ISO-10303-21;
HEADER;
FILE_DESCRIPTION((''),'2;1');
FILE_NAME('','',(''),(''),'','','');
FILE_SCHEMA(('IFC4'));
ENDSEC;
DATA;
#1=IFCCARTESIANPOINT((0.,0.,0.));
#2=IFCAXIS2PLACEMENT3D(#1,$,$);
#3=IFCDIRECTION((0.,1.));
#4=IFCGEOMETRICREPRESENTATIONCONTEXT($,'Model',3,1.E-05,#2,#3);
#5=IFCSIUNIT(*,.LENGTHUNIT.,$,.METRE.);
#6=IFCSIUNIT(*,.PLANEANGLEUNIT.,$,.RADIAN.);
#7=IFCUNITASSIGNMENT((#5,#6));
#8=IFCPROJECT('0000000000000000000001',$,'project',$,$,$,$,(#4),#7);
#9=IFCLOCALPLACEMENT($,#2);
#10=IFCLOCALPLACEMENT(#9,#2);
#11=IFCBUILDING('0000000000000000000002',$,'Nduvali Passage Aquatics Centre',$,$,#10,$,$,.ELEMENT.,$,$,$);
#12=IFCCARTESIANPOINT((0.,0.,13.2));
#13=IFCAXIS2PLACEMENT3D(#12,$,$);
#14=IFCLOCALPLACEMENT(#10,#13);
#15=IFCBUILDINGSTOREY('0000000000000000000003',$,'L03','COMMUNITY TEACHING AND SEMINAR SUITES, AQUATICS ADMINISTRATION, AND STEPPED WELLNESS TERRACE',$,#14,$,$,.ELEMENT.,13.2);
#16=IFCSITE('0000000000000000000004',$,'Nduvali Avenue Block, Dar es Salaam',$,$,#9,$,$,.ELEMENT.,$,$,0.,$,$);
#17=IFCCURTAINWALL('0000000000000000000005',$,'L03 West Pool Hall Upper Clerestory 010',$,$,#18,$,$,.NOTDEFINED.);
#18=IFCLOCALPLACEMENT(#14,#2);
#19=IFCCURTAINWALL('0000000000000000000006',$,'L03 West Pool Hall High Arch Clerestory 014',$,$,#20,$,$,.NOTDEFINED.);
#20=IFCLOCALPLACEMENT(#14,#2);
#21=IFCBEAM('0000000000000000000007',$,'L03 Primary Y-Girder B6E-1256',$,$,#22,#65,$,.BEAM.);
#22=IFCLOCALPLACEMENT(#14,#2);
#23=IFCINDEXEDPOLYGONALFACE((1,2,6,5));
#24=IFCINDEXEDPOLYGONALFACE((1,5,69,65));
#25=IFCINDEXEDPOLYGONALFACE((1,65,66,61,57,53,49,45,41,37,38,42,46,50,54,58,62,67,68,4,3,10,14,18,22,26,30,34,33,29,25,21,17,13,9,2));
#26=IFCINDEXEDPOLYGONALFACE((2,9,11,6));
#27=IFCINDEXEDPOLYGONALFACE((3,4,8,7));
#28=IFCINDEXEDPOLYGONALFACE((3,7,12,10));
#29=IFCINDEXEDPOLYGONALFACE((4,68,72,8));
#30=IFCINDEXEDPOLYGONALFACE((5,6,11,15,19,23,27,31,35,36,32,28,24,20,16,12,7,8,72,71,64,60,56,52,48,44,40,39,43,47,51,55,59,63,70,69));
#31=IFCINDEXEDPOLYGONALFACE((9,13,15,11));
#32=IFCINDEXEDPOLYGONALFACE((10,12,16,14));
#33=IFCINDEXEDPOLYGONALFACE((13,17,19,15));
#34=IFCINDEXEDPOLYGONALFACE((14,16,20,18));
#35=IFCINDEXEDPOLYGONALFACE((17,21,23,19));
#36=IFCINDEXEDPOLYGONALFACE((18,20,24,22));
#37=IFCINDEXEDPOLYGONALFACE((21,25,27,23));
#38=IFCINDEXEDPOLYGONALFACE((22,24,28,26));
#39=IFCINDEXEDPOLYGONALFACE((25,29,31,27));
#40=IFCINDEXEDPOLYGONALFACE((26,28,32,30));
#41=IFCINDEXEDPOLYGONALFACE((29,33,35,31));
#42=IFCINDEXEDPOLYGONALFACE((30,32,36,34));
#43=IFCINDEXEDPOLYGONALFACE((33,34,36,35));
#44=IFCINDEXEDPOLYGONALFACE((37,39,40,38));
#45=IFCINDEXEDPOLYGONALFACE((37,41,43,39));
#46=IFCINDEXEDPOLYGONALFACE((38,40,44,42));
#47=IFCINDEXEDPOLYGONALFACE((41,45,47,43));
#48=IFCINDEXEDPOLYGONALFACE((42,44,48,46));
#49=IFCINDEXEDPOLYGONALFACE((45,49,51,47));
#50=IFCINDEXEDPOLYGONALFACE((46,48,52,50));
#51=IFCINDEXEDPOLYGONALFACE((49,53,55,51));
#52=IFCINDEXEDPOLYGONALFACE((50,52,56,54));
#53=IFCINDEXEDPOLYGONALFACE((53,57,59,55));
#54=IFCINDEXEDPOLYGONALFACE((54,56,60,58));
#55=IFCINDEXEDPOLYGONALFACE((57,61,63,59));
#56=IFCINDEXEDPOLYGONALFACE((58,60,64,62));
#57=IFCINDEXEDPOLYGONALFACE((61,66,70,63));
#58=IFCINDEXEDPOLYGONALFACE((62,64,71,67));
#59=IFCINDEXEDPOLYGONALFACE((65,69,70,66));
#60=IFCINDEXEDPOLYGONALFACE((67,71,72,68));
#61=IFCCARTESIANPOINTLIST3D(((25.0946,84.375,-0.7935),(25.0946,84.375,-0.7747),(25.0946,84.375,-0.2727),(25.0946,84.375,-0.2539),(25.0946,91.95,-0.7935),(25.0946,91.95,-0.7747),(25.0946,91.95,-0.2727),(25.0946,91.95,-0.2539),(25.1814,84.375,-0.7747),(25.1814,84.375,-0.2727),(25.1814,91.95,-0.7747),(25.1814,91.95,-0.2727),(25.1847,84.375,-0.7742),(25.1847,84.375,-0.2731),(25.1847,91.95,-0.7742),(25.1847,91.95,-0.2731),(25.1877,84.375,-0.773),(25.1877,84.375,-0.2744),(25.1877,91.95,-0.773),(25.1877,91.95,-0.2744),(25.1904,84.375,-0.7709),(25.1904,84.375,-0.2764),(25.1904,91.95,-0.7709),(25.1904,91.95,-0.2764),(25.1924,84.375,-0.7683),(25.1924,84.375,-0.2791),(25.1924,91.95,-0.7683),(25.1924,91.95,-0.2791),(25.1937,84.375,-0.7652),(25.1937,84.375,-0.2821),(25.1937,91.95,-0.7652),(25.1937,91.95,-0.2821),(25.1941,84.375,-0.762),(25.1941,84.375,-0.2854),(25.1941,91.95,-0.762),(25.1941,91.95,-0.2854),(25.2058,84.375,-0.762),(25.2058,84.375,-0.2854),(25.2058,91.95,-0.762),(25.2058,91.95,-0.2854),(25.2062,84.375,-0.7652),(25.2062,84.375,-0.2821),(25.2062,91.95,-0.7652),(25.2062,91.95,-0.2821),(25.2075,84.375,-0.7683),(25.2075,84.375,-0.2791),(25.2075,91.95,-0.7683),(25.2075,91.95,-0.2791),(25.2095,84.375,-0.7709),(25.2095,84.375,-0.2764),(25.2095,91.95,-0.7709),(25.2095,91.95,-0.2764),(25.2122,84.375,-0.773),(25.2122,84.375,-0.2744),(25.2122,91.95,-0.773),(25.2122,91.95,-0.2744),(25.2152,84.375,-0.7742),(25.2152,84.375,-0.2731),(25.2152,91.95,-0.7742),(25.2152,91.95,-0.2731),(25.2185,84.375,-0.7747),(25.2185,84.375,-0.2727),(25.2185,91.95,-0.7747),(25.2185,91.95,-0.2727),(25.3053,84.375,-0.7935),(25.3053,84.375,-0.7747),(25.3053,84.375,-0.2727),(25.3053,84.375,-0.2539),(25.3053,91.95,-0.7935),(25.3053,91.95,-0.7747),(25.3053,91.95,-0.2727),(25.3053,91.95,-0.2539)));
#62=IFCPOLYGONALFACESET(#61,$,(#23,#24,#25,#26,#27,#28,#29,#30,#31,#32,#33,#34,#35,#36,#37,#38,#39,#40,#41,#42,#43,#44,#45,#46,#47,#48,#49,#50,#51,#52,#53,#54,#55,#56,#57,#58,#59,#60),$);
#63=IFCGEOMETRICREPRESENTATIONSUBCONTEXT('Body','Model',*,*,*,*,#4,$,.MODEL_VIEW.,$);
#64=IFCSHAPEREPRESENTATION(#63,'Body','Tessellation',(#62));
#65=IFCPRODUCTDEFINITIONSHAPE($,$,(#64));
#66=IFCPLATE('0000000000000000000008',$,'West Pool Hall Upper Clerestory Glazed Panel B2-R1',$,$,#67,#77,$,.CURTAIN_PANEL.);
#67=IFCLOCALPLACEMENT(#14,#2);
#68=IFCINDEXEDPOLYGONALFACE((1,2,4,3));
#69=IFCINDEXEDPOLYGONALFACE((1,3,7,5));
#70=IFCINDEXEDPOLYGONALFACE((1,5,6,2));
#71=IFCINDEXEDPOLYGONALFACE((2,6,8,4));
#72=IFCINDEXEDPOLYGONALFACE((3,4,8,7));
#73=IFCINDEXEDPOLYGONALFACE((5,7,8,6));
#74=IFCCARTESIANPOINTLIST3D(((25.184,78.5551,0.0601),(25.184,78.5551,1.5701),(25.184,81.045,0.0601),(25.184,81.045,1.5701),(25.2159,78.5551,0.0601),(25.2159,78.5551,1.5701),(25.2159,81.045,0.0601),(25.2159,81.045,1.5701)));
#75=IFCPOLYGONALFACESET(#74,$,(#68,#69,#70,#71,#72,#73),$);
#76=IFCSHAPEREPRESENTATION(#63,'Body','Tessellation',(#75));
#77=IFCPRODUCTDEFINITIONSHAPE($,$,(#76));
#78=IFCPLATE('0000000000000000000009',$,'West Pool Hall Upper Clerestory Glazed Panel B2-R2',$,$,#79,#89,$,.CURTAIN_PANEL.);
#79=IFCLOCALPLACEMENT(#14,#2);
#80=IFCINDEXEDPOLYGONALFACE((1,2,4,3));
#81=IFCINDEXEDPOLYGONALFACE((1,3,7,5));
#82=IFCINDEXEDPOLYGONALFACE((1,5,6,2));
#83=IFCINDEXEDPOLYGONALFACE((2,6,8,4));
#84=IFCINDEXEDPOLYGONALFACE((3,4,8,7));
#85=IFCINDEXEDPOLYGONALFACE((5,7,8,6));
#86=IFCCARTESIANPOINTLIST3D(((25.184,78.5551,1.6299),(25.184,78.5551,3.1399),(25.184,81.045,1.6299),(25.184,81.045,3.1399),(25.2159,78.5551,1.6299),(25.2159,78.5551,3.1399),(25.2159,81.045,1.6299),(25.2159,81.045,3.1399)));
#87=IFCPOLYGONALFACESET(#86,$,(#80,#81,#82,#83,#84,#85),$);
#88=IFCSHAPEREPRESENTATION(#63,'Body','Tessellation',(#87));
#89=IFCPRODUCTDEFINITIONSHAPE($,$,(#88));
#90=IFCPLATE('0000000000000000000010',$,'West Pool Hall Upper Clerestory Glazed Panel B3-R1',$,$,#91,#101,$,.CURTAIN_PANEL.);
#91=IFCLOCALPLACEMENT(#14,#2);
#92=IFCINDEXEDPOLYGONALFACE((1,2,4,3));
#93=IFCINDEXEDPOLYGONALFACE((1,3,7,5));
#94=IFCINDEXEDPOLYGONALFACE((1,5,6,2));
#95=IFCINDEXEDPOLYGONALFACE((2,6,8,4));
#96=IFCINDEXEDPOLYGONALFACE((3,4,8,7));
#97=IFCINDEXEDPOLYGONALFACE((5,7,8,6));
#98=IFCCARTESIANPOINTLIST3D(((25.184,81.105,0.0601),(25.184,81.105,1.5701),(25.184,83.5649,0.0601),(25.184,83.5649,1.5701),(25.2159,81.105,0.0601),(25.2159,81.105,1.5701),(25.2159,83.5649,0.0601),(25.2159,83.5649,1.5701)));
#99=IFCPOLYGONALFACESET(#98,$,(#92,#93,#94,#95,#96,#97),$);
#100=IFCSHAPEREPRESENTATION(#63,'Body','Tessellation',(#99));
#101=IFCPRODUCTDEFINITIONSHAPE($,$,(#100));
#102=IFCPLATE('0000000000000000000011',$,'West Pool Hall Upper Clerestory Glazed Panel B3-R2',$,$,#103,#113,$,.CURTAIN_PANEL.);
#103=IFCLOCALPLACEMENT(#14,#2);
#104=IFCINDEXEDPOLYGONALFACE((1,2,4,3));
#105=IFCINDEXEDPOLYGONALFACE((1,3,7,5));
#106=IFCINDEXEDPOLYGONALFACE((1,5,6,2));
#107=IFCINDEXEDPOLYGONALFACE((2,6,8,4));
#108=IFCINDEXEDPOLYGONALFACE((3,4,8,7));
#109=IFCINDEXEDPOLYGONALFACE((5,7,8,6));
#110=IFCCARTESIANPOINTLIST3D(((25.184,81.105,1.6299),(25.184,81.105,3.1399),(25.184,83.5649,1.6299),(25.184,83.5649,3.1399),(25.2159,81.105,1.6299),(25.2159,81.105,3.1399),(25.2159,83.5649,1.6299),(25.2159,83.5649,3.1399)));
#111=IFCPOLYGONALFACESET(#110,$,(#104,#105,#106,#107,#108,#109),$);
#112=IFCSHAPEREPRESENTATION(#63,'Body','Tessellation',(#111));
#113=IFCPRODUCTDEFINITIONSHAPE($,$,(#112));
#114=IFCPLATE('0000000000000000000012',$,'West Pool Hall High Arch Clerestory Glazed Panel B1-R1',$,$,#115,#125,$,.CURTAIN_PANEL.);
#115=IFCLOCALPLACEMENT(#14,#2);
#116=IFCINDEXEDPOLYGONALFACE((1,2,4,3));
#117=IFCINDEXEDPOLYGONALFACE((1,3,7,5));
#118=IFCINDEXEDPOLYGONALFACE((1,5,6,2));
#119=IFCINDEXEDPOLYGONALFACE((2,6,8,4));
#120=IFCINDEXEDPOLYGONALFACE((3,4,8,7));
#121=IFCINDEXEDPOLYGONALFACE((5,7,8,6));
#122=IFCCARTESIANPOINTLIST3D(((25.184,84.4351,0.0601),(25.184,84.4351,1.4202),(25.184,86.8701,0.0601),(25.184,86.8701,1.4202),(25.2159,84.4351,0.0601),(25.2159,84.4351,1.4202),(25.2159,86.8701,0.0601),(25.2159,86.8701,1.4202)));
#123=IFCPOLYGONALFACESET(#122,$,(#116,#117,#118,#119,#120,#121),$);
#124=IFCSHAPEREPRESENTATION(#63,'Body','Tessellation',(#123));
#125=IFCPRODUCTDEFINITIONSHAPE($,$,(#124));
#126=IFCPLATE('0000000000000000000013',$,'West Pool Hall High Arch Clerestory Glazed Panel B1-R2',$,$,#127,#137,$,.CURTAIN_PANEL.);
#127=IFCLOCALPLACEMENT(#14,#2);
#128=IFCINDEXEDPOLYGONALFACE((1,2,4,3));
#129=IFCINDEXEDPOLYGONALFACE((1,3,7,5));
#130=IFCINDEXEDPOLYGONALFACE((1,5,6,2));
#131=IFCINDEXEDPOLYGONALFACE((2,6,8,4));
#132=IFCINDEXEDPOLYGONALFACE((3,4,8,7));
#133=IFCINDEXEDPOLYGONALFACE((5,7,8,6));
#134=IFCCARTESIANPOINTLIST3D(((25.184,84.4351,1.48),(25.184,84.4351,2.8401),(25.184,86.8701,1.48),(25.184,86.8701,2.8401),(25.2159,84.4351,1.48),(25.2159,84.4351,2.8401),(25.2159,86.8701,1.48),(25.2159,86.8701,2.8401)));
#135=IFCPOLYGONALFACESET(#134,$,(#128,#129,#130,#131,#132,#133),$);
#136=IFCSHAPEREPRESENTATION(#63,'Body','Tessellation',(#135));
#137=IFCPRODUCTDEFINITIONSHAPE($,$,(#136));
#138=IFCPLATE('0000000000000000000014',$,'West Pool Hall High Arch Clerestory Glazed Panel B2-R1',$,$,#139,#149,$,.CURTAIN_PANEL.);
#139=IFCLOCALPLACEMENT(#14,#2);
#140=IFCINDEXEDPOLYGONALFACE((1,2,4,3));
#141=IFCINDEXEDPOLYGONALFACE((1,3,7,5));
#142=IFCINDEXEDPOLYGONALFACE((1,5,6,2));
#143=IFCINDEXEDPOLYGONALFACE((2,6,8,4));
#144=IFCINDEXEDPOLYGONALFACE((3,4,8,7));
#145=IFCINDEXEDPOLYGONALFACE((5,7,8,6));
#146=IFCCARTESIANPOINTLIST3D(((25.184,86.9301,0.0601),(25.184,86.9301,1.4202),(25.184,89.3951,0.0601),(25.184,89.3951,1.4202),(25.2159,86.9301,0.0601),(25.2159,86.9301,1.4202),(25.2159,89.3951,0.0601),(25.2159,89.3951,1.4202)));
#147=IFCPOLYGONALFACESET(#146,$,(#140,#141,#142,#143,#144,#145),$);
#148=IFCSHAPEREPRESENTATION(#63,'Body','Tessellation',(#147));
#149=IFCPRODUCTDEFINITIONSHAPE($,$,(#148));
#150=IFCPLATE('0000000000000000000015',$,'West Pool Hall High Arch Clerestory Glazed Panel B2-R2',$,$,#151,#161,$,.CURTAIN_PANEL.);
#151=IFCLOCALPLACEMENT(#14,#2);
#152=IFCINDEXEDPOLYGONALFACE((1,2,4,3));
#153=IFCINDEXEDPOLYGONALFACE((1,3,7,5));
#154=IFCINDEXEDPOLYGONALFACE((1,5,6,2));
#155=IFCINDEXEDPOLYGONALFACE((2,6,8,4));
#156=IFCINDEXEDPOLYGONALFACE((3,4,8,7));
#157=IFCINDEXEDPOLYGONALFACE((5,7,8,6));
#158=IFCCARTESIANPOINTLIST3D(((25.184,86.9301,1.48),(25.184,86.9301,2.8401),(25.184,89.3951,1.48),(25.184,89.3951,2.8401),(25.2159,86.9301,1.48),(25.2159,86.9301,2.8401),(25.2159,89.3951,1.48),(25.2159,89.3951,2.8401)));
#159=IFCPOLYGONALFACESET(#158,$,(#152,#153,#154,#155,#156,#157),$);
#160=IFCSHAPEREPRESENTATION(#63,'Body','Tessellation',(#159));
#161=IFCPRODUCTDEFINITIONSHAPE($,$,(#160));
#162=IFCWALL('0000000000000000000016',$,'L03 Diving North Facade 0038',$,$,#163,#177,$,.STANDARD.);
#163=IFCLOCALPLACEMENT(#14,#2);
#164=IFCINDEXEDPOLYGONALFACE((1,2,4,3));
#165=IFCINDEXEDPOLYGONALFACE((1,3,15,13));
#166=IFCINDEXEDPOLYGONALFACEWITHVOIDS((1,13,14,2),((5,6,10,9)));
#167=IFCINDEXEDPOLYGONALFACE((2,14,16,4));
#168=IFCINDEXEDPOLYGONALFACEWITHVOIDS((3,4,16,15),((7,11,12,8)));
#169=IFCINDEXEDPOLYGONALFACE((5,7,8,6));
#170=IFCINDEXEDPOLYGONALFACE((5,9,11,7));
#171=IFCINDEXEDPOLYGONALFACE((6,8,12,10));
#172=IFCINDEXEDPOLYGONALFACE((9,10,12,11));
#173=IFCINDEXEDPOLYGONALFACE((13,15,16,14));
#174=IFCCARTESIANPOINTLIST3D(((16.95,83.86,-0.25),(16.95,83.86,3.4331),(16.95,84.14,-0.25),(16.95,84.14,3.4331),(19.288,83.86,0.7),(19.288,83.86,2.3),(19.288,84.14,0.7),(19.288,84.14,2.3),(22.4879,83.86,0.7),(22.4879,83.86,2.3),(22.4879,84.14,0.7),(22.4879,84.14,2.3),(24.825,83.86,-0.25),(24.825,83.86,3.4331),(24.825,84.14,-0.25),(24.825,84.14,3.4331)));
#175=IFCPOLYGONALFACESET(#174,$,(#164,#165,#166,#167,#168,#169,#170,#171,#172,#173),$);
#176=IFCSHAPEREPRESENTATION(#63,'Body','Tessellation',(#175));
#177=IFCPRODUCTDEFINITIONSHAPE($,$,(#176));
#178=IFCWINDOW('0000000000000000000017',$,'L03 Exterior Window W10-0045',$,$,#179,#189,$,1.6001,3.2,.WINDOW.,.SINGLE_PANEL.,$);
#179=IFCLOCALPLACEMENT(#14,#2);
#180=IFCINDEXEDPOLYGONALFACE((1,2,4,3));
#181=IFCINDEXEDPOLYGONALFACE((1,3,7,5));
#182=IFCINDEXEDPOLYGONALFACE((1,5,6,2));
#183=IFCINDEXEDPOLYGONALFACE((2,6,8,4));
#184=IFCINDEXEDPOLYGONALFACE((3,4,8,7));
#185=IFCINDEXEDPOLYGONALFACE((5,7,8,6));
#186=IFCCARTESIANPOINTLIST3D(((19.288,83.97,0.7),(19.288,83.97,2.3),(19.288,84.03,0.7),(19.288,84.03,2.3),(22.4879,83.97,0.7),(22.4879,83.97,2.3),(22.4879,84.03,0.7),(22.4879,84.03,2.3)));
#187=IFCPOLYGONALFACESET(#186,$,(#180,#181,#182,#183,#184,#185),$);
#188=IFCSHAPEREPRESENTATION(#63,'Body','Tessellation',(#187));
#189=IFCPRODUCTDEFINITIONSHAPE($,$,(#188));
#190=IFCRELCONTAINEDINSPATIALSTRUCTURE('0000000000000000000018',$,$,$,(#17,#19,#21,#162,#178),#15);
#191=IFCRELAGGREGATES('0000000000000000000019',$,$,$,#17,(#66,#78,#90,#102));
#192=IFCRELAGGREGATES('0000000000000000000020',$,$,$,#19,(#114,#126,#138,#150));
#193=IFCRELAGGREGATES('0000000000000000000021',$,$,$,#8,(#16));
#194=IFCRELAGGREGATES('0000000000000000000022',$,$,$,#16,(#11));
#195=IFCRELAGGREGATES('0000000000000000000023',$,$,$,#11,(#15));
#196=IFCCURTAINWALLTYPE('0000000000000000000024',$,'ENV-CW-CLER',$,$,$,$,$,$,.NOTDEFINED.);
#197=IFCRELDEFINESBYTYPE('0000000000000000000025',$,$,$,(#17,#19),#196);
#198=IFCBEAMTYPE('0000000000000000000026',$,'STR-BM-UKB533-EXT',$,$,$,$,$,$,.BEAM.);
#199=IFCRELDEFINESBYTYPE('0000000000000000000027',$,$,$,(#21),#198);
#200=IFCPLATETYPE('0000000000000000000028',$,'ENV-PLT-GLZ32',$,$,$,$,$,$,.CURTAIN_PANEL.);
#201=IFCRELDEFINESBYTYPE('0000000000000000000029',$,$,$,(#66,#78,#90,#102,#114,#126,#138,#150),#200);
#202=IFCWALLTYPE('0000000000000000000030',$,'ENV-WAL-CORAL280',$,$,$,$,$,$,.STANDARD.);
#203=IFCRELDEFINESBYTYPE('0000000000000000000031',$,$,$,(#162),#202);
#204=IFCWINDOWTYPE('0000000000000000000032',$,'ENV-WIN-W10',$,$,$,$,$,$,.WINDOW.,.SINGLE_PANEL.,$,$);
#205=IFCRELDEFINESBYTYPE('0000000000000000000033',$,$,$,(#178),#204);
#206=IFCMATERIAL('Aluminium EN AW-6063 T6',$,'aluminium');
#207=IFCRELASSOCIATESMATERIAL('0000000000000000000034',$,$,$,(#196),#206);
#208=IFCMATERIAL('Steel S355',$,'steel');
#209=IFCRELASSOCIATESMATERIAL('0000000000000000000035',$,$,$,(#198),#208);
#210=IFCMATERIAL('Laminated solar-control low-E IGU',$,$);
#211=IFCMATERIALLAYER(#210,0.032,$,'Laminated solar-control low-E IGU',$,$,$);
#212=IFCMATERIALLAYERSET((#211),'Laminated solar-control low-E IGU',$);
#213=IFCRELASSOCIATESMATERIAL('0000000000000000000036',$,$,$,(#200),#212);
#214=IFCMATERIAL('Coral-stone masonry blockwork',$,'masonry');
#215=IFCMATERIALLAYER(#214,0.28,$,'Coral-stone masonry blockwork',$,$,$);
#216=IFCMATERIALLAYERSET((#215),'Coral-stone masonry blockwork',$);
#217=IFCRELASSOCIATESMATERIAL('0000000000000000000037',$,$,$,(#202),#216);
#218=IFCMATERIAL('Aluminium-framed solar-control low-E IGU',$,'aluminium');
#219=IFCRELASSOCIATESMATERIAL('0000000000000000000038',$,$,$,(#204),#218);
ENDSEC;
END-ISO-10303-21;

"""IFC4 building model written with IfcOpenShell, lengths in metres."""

from ifc_helpers import new_model, si_unit, direction, frame, frame_2d, origin, origin_2d, place, context, subcontext, project, spatial, rectangle, i_section, extrude, material, layer, layer_set, material_profile, profile_set, type_object, element, fill, aggregate, save


model = new_model("IFC4")

# Units and contexts
model_context = context("Model", 3, precision=1e-05, world=origin(), true_north=direction((0.0, 1.0)))
body_context = subcontext(model_context, "Body", "Model", "MODEL_VIEW")
ifc_project = project(units=[si_unit("LENGTHUNIT", "METRE"), si_unit("PLANEANGLEUNIT", "RADIAN")], contexts=[model_context])

# Site, building, storey
site_placement = place(None, origin())
site = spatial("IfcSite", under=ifc_project, at=site_placement, Name="Nduvali Avenue Block, Dar es Salaam", CompositionType="ELEMENT", RefElevation=0.0)
building_placement = place(site_placement, origin())
building = spatial("IfcBuilding", under=site, at=building_placement, Name="Nduvali Passage Aquatics Centre", CompositionType="ELEMENT")
storey_placement = place(building_placement, frame((0.0, 0.0, 13.2)))
storey = spatial("IfcBuildingStorey", under=building, at=storey_placement, Name="L03", Description="COMMUNITY TEACHING AND SEMINAR SUITES, AQUATICS ADMINISTRATION, AND STEPPED WELLNESS TERRACE", CompositionType="ELEMENT", Elevation=13.2)

# Shared definitions
ifc_material_1 = material(Name="Steel S355", Category="steel")

# Curtain walls
ifc_material_2 = material(Name="Aluminium EN AW-6063 T6", Category="aluminium")
curtain_wall_type = type_object("IfcCurtainWallType", Name="ENV-CW-CLER", PredefinedType="NOTDEFINED", material=ifc_material_2)
curtain_wall_1_placement = place(storey_placement, origin())
curtain_wall_1 = element("IfcCurtainWall", 1, at=curtain_wall_1_placement, inside=storey, type_object=curtain_wall_type, Name="L03 West Pool Hall Upper Clerestory 010", PredefinedType="NOTDEFINED")
curtain_wall_2_placement = place(storey_placement, origin())
curtain_wall_2 = element("IfcCurtainWall", 2, at=curtain_wall_2_placement, inside=storey, type_object=curtain_wall_type, Name="L03 West Pool Hall High Arch Clerestory 014", PredefinedType="NOTDEFINED")

# Beam
ifc_material_profile_1 = material_profile(ifc_material_1, i_section(OverallWidth=0.2107, OverallDepth=0.5396, WebThickness=0.0117, FlangeThickness=0.0188, FilletRadius=0.0127, at=origin_2d()), Name="UKB 533x210x109")
ifc_profile_set_1 = profile_set([ifc_material_profile_1], Name="Steel S355")
beam_type = type_object("IfcBeamType", Name="STR-BM-UKB533-EXT", PredefinedType="BEAM", material=ifc_profile_set_1)
beam_placement = place(storey_placement, frame((25.2, 84.375, -0.5237), z_axis=(0.0, 1.0, 0.0), x_axis=(-1.0, 0.0, 0.0)))
element("IfcBeam", 3, at=beam_placement, inside=storey, type_object=beam_type, Name="L03 Primary Y-Girder B6E-1256", PredefinedType="BEAM", context=body_context, shape_type="SweptSolid", body=[
    extrude(i_section(OverallWidth=0.2107, OverallDepth=0.5396, WebThickness=0.0117, FlangeThickness=0.0188, FilletRadius=0.0127, at=origin_2d()), origin(), (0.0, 0.0, 1.0), 7.575),
])

# Plates
ifc_material_3 = material(Name="Laminated solar-control low-E IGU")
ifc_layer_1 = layer(ifc_material_3, 0.032, Name="Laminated solar-control low-E IGU")
ifc_layer_set_1 = layer_set([ifc_layer_1], Name="Laminated solar-control low-E IGU")
plate_type = type_object("IfcPlateType", Name="ENV-PLT-GLZ32", PredefinedType="CURTAIN_PANEL", material=ifc_layer_set_1)
plate_1_placement = place(storey_placement, frame((25.2, 79.8, 0.0601), z_axis=(0.0, 0.0, 1.0), x_axis=(0.0, 1.0, 0.0)))
plate_1 = element("IfcPlate", 4, at=plate_1_placement, type_object=plate_type, Name="West Pool Hall Upper Clerestory Glazed Panel B2-R1", PredefinedType="CURTAIN_PANEL", context=body_context, shape_type="SweptSolid", body=[
    extrude(rectangle(XDim=2.49, YDim=0.032, at=origin_2d()), origin(), (0.0, 0.0, 1.0), 1.51),
])
plate_2_placement = place(storey_placement, frame((25.2, 79.8, 1.6299), z_axis=(0.0, 0.0, 1.0), x_axis=(0.0, 1.0, 0.0)))
plate_2 = element("IfcPlate", 5, at=plate_2_placement, type_object=plate_type, Name="West Pool Hall Upper Clerestory Glazed Panel B2-R2", PredefinedType="CURTAIN_PANEL", context=body_context, shape_type="SweptSolid", body=[
    extrude(rectangle(XDim=2.49, YDim=0.032, at=origin_2d()), origin(), (0.0, 0.0, 1.0), 1.51),
])
plate_3_placement = place(storey_placement, frame((25.2, 82.335, 0.0601), z_axis=(0.0, 0.0, 1.0), x_axis=(0.0, 1.0, 0.0)))
plate_3 = element("IfcPlate", 6, at=plate_3_placement, type_object=plate_type, Name="West Pool Hall Upper Clerestory Glazed Panel B3-R1", PredefinedType="CURTAIN_PANEL", context=body_context, shape_type="SweptSolid", body=[
    extrude(rectangle(XDim=2.46, YDim=0.032, at=origin_2d()), origin(), (0.0, 0.0, 1.0), 1.51),
])
plate_4_placement = place(storey_placement, frame((25.2, 82.335, 1.6299), z_axis=(0.0, 0.0, 1.0), x_axis=(0.0, 1.0, 0.0)))
plate_4 = element("IfcPlate", 7, at=plate_4_placement, type_object=plate_type, Name="West Pool Hall Upper Clerestory Glazed Panel B3-R2", PredefinedType="CURTAIN_PANEL", context=body_context, shape_type="SweptSolid", body=[
    extrude(rectangle(XDim=2.46, YDim=0.032, at=origin_2d()), origin(), (0.0, 0.0, 1.0), 1.51),
])
aggregate(curtain_wall_1, [plate_1, plate_2, plate_3, plate_4])
plate_5_placement = place(storey_placement, frame((25.2, 85.6526, 0.0601), z_axis=(0.0, 0.0, 1.0), x_axis=(0.0, 1.0, 0.0)))
plate_5 = element("IfcPlate", 8, at=plate_5_placement, type_object=plate_type, Name="West Pool Hall High Arch Clerestory Glazed Panel B1-R1", PredefinedType="CURTAIN_PANEL", context=body_context, shape_type="SweptSolid", body=[
    extrude(rectangle(XDim=2.4351, YDim=0.032, at=origin_2d()), origin(), (0.0, 0.0, 1.0), 1.3601),
])
plate_6_placement = place(storey_placement, frame((25.2, 85.6526, 1.48), z_axis=(0.0, 0.0, 1.0), x_axis=(0.0, 1.0, 0.0)))
plate_6 = element("IfcPlate", 9, at=plate_6_placement, type_object=plate_type, Name="West Pool Hall High Arch Clerestory Glazed Panel B1-R2", PredefinedType="CURTAIN_PANEL", context=body_context, shape_type="SweptSolid", body=[
    extrude(rectangle(XDim=2.4351, YDim=0.032, at=origin_2d()), origin(), (0.0, 0.0, 1.0), 1.3601),
])
plate_7_placement = place(storey_placement, frame((25.2, 88.1626, 0.0601), z_axis=(0.0, 0.0, 1.0), x_axis=(0.0, 1.0, 0.0)))
plate_7 = element("IfcPlate", 10, at=plate_7_placement, type_object=plate_type, Name="West Pool Hall High Arch Clerestory Glazed Panel B2-R1", PredefinedType="CURTAIN_PANEL", context=body_context, shape_type="SweptSolid", body=[
    extrude(rectangle(XDim=2.4651, YDim=0.032, at=origin_2d()), origin(), (0.0, 0.0, 1.0), 1.3601),
])
plate_8_placement = place(storey_placement, frame((25.2, 88.1626, 1.48), z_axis=(0.0, 0.0, 1.0), x_axis=(0.0, 1.0, 0.0)))
plate_8 = element("IfcPlate", 11, at=plate_8_placement, type_object=plate_type, Name="West Pool Hall High Arch Clerestory Glazed Panel B2-R2", PredefinedType="CURTAIN_PANEL", context=body_context, shape_type="SweptSolid", body=[
    extrude(rectangle(XDim=2.4651, YDim=0.032, at=origin_2d()), origin(), (0.0, 0.0, 1.0), 1.3601),
])
aggregate(curtain_wall_2, [plate_5, plate_6, plate_7, plate_8])

# Wall, opening, window
ifc_material_4 = material(Name="Coral-stone masonry blockwork", Category="masonry")
ifc_layer_2 = layer(ifc_material_4, 0.28, Name="Coral-stone masonry blockwork")
ifc_layer_set_2 = layer_set([ifc_layer_2], Name="Coral-stone masonry blockwork")
wall_type = type_object("IfcWallType", Name="ENV-WAL-CORAL280", PredefinedType="STANDARD", material=ifc_layer_set_2)
wall_placement = place(storey_placement, frame((24.825, 84.0, -0.25), z_axis=(0.0, 0.0, 1.0), x_axis=(-1.0, 0.0, 0.0)))
wall = element("IfcWall", 12, at=wall_placement, inside=storey, type_object=wall_type, Name="L03 Diving North Facade 0038", PredefinedType="STANDARD", context=body_context, shape_type="SweptSolid", body=[
    extrude(rectangle(XDim=7.875, YDim=0.28, at=frame_2d((3.9375, 0.0))), origin(), (0.0, 0.0, 1.0), 3.6831),
])
opening_placement = place(wall_placement, frame((2.3369, 0.0, 0.95)))
opening = element("IfcOpeningElement", 13, at=opening_placement, cuts=wall, PredefinedType="OPENING", context=body_context, shape_type="SweptSolid", body=[
    extrude(rectangle(XDim=3.2, YDim=1.6001, at=frame_2d((1.6001, 0.8))), frame((0.0, 0.1548, 0.0), z_axis=(0.0, -1.0, 0.0), x_axis=(1.0, 0.0, 0.0)), (0.0, 0.0, 1.0), 0.3098),
])
ifc_material_5 = material(Name="Aluminium-framed solar-control low-E IGU", Category="aluminium")
window_type = type_object("IfcWindowType", Name="ENV-WIN-W10", PartitioningType="SINGLE_PANEL", PredefinedType="WINDOW", material=ifc_material_5)
window_placement = place(opening_placement, origin())
window = element("IfcWindow", 14, at=window_placement, inside=storey, type_object=window_type, Name="L03 Exterior Window W10-0045", OverallHeight=1.6001, OverallWidth=3.2, PartitioningType="SINGLE_PANEL", PredefinedType="WINDOW", context=body_context, shape_type="SweptSolid", body=[
    extrude(rectangle(XDim=3.2, YDim=1.6001, at=frame_2d((1.6001, 0.8))), frame((0.0, 0.03, 0.0), z_axis=(0.0, -1.0, 0.0), x_axis=(1.0, 0.0, 0.0)), (0.0, 0.0, 1.0), 0.0601),
])
fill(opening, window)

save(model, "model.ifc")
